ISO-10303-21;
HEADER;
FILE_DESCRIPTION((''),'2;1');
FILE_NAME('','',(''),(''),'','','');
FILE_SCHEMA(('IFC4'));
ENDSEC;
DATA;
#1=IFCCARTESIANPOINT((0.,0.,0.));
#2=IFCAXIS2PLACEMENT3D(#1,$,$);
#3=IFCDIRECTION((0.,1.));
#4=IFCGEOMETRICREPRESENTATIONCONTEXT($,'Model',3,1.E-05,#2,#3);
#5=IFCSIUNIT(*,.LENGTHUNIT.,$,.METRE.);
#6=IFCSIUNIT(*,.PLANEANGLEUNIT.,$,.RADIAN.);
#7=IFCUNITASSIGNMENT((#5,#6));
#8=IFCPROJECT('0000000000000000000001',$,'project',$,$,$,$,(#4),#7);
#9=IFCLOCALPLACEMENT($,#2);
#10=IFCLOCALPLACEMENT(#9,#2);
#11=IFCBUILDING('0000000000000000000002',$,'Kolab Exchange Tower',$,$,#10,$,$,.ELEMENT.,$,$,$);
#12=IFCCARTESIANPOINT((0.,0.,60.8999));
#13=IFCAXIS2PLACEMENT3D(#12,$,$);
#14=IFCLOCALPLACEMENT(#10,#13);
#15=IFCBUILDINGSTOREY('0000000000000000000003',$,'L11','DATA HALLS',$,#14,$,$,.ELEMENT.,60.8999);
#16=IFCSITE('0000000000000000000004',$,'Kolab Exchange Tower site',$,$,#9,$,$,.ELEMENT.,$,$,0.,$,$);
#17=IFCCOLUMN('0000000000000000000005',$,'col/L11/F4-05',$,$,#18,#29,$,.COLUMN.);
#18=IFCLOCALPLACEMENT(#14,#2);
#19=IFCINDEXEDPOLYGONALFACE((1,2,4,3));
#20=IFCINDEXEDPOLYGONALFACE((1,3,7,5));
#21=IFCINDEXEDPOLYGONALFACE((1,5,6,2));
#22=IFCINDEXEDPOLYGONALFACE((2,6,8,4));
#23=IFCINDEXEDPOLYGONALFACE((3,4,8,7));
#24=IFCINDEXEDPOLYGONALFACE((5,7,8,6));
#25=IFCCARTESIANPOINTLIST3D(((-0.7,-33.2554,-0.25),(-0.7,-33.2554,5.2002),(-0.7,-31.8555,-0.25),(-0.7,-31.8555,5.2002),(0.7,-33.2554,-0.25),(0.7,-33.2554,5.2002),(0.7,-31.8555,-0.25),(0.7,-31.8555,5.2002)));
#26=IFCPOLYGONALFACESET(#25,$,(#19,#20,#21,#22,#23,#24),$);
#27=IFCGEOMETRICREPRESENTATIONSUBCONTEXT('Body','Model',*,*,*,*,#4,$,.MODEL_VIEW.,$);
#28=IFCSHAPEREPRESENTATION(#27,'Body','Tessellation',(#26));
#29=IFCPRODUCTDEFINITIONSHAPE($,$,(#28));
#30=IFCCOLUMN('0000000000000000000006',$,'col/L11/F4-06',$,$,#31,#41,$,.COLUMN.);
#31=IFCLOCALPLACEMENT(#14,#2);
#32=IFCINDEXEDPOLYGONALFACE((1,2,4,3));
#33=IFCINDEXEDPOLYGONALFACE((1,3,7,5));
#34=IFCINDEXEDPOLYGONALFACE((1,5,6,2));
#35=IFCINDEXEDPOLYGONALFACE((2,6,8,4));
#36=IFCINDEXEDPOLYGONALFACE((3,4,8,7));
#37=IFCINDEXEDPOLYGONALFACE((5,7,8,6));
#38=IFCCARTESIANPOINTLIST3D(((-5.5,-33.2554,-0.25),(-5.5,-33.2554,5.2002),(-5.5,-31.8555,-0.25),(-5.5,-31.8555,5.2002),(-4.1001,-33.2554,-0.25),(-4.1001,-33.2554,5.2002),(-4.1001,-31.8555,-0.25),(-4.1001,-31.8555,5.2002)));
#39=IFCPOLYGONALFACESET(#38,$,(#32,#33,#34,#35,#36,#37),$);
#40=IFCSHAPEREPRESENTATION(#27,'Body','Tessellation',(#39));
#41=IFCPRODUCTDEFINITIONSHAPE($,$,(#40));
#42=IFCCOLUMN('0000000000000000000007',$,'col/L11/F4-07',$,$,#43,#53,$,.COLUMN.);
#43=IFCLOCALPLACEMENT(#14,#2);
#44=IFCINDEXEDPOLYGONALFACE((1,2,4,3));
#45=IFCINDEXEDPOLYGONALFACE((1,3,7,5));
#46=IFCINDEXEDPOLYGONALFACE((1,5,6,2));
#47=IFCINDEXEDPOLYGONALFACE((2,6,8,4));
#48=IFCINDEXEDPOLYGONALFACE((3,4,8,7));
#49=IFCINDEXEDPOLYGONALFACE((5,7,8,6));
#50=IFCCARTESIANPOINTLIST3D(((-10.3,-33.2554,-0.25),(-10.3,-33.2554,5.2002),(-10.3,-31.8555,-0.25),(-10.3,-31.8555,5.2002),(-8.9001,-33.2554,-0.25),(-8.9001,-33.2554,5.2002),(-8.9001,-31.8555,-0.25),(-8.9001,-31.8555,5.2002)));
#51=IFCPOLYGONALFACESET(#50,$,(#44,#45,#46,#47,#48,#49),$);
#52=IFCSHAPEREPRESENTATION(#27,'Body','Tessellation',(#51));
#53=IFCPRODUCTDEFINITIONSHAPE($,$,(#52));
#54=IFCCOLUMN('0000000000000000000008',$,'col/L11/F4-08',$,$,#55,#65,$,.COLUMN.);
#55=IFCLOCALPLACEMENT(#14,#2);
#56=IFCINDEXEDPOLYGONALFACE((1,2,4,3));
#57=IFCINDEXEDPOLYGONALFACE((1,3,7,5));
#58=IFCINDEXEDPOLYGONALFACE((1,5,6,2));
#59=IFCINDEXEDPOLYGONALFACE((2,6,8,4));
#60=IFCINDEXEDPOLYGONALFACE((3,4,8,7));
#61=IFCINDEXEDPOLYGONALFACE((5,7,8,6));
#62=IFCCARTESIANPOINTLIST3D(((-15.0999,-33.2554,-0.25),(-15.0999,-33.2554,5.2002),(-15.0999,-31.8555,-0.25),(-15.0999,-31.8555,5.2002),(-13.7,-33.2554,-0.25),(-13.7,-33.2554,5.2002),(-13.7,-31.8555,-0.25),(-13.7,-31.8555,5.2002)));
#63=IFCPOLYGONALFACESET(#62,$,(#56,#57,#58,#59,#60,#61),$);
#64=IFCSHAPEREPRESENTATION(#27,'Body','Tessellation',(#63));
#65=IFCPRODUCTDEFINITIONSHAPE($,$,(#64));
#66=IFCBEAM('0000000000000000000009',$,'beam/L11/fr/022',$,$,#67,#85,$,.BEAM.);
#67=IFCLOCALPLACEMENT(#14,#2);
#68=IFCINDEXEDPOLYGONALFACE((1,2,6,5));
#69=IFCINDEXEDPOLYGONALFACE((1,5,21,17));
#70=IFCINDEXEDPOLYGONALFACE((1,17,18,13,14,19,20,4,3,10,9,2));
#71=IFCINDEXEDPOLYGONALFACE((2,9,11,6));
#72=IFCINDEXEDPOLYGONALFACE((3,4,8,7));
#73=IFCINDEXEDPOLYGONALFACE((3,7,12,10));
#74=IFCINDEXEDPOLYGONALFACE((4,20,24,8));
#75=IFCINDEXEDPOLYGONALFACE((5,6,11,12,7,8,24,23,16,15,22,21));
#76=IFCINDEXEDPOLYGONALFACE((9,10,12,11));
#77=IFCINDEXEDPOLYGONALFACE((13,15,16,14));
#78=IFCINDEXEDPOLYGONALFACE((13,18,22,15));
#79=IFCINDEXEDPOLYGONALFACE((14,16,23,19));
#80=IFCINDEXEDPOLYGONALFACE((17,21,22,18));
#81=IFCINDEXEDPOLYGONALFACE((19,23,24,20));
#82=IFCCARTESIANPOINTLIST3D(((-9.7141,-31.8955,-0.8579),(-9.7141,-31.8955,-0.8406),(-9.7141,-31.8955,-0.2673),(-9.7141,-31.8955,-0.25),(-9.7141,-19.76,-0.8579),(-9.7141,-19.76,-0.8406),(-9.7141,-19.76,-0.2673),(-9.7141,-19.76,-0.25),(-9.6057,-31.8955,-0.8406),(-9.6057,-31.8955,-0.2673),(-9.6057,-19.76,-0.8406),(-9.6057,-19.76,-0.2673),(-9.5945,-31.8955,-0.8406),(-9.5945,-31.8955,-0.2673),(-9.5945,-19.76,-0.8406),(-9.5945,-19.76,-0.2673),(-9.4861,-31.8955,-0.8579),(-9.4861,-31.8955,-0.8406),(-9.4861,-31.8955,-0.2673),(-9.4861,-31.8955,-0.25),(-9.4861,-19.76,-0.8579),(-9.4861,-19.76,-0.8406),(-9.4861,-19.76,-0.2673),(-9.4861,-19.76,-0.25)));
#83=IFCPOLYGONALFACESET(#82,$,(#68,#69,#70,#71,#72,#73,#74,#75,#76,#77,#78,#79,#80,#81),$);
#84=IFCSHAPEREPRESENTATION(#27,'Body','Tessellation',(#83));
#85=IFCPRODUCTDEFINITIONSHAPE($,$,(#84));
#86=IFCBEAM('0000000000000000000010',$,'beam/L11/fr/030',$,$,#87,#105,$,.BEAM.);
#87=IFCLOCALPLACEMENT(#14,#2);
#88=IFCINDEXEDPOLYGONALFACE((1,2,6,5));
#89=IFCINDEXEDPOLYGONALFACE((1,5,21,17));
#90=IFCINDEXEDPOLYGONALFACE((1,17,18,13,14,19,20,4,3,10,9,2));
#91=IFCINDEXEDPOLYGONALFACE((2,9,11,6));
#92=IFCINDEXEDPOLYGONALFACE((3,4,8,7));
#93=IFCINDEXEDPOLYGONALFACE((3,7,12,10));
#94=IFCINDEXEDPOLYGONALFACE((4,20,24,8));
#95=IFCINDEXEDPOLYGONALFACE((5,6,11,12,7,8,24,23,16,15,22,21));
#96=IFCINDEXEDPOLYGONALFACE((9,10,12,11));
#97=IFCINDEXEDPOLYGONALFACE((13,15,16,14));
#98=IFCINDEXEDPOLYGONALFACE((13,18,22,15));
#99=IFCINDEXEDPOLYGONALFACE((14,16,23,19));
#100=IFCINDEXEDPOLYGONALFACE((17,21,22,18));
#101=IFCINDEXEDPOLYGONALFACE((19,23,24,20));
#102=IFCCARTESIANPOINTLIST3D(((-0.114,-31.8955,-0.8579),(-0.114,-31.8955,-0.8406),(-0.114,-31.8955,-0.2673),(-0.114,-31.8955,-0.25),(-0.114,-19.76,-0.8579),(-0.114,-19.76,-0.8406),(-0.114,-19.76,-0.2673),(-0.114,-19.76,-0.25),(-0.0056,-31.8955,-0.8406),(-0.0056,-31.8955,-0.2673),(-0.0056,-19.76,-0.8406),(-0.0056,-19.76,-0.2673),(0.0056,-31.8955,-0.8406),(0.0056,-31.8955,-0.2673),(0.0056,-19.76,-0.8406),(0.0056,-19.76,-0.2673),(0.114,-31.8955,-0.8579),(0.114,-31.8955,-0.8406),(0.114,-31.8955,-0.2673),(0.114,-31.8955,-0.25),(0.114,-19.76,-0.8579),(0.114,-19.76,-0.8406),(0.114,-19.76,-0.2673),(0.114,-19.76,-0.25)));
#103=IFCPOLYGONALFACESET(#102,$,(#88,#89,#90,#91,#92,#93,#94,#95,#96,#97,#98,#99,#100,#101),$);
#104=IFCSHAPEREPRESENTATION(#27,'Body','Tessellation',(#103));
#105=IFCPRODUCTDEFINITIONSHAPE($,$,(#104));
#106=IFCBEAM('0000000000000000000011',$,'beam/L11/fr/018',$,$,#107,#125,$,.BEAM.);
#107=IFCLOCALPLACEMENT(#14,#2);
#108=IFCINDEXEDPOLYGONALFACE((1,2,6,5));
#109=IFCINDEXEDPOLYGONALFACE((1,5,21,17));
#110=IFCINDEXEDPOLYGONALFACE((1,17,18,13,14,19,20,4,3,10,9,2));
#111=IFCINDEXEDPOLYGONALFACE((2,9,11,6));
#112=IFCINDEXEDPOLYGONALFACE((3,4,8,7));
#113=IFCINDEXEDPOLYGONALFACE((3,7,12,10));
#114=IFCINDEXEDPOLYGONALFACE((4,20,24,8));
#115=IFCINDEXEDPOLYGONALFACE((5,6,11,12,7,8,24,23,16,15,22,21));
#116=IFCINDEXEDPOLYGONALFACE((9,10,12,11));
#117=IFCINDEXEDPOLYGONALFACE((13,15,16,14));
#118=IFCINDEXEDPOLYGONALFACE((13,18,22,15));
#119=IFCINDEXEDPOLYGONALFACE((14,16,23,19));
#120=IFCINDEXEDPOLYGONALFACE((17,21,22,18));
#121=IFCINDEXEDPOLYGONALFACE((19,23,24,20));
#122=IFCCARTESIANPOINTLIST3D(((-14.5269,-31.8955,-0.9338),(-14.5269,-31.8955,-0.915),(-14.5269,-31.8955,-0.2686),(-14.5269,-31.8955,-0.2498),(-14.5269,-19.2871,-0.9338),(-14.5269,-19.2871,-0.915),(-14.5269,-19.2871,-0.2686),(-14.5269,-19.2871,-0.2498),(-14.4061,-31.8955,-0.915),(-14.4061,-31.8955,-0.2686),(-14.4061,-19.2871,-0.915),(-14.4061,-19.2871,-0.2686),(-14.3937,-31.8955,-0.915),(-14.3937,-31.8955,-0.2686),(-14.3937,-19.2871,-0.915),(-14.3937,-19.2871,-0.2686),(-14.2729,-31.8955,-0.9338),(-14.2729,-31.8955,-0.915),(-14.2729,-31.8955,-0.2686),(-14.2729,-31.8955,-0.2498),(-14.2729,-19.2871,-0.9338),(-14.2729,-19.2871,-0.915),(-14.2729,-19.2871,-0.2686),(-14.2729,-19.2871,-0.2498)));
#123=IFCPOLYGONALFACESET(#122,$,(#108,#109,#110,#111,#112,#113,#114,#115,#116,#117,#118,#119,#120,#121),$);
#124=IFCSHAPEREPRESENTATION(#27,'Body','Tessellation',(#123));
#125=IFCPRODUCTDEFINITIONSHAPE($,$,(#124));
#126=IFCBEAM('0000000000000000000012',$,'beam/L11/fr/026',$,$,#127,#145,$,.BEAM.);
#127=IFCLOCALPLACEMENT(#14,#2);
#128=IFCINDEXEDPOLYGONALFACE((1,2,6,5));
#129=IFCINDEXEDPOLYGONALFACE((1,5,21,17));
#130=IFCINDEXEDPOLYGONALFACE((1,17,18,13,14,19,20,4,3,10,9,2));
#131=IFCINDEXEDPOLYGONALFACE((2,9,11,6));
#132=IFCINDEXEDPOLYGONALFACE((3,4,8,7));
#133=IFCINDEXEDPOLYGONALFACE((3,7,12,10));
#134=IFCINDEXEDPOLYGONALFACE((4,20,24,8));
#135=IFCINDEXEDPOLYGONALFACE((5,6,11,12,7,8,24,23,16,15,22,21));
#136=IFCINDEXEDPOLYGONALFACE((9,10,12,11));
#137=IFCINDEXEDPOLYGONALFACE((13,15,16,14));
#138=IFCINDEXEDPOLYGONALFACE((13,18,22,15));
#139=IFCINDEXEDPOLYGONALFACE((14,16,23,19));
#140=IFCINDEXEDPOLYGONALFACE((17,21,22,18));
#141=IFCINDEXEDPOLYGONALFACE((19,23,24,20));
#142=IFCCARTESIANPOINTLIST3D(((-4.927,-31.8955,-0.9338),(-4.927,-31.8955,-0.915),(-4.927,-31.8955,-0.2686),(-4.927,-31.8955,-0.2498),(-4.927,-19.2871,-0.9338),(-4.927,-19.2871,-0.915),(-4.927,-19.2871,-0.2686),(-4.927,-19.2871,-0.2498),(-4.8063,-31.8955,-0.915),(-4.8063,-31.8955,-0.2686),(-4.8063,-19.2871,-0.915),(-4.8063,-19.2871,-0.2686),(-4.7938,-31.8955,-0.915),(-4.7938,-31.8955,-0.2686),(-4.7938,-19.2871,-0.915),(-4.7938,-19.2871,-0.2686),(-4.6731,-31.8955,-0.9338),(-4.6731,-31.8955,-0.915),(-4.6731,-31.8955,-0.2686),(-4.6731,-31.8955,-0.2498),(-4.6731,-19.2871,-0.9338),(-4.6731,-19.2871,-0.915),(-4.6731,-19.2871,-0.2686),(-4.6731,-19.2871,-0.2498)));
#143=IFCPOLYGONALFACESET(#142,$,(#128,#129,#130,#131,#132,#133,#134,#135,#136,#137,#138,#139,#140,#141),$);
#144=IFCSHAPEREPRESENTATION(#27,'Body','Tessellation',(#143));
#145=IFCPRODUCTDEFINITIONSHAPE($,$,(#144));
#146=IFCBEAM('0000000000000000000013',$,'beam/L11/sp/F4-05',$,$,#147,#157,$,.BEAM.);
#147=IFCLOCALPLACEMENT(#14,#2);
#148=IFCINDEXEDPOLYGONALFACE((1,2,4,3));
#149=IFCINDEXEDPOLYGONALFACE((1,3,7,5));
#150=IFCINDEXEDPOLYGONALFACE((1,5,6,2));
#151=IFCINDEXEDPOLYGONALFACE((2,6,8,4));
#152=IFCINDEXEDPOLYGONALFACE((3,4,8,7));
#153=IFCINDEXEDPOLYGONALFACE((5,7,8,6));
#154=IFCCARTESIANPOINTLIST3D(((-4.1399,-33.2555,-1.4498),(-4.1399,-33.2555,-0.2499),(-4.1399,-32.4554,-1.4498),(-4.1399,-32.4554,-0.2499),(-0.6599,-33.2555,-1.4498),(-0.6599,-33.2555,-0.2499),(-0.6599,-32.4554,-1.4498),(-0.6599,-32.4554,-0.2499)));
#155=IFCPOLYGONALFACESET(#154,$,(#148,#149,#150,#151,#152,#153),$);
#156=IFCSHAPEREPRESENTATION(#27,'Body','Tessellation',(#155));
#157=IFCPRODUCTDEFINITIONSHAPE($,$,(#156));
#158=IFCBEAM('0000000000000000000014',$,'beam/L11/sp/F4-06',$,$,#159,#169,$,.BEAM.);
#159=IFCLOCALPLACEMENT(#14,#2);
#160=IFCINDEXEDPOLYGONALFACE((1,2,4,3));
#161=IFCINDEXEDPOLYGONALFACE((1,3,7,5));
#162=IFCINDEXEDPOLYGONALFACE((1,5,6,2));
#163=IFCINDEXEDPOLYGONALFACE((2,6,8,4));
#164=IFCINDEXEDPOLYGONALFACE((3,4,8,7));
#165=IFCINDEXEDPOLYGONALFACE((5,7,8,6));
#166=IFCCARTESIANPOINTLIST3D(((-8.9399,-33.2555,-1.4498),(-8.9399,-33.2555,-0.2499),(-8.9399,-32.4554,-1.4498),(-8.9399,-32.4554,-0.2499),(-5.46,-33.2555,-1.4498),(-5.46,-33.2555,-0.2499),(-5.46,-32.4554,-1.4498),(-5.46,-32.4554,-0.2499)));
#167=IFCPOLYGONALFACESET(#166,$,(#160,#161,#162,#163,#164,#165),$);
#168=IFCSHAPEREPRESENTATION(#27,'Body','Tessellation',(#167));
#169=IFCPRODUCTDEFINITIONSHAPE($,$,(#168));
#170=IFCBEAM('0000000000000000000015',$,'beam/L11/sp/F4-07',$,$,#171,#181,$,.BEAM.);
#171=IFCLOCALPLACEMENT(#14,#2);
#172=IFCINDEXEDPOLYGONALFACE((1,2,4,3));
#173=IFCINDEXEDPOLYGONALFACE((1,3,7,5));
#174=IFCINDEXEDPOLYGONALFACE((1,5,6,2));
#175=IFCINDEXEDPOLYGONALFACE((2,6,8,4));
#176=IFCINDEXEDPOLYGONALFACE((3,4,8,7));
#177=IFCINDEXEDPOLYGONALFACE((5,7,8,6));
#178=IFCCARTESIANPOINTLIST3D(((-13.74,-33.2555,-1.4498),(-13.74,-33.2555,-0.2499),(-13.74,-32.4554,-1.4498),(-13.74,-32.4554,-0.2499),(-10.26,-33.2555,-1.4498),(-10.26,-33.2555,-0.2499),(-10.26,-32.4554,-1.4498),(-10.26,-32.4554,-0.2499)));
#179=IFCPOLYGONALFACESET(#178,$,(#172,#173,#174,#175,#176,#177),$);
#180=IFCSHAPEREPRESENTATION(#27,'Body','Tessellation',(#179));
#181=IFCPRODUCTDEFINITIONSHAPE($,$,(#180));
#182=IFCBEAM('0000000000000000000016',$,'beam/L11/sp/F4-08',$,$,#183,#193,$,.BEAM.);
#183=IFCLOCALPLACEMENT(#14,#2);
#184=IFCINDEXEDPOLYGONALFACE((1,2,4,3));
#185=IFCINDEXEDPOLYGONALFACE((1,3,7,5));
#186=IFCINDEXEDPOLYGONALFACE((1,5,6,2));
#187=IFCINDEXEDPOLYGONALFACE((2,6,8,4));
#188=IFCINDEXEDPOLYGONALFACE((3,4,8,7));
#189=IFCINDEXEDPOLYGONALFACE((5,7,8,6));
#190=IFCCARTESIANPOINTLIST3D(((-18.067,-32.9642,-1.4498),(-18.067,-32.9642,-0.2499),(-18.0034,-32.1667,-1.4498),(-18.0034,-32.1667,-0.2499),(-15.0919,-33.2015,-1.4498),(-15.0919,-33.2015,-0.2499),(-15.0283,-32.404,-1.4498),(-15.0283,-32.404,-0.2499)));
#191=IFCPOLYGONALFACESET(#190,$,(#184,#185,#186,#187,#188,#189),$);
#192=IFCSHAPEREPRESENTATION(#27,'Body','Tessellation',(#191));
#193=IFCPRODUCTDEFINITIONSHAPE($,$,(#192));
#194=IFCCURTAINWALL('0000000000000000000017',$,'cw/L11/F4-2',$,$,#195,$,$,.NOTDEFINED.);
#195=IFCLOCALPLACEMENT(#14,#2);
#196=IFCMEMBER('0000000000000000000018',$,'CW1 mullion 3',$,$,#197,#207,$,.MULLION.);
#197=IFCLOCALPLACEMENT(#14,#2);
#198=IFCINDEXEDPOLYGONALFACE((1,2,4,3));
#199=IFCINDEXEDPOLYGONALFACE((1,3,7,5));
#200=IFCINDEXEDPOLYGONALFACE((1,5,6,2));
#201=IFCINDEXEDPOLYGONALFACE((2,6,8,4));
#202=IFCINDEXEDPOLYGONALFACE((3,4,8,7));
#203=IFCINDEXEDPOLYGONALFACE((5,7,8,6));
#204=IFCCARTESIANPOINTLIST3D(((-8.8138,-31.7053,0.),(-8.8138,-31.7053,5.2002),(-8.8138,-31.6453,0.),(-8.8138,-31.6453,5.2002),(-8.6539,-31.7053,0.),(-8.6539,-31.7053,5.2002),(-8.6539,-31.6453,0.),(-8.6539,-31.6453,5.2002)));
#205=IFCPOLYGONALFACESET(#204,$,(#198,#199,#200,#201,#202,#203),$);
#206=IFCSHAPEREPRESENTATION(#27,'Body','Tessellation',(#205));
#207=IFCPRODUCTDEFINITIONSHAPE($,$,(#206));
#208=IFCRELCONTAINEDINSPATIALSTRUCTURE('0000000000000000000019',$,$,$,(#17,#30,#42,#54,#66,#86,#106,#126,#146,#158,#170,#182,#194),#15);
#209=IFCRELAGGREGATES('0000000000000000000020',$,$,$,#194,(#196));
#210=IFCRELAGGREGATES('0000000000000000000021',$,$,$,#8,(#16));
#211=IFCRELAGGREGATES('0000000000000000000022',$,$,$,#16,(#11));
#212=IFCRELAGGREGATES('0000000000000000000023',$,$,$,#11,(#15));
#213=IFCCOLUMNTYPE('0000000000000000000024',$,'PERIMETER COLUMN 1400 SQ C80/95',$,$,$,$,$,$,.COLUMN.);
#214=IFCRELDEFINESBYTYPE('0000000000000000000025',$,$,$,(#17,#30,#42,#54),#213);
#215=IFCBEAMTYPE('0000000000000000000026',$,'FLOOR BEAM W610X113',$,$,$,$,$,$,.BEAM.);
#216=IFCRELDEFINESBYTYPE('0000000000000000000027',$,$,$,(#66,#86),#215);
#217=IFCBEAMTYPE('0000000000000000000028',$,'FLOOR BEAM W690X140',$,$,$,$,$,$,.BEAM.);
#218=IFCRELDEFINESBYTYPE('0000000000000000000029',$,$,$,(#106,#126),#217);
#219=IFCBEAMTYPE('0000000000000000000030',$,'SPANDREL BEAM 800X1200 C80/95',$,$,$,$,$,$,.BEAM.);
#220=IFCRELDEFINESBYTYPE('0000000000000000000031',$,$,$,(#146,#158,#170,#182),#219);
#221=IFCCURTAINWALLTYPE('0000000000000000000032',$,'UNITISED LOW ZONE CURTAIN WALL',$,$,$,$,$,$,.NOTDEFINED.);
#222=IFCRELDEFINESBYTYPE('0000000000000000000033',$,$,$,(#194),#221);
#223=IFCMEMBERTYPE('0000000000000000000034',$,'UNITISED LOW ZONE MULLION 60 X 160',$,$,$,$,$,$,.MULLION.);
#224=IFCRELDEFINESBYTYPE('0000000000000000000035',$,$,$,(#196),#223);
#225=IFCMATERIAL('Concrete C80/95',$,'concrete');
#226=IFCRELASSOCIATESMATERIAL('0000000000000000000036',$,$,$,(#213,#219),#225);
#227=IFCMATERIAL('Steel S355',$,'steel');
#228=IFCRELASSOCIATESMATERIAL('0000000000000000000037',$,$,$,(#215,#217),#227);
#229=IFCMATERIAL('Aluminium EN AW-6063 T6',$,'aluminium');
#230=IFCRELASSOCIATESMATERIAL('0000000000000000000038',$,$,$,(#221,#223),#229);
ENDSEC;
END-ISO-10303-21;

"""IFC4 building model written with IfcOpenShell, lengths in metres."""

from ifc_helpers import new_model, si_unit, direction, frame, origin, origin_2d, place, context, subcontext, project, spatial, rectangle, i_section, extrude, material, material_profile, profile_set, type_object, element, aggregate, save


model = new_model("IFC4")

# Units and contexts
model_context = context("Model", 3, precision=1e-05, world=origin(), true_north=direction((0.0, 1.0)))
body_context = subcontext(model_context, "Body", "Model", "MODEL_VIEW")
ifc_project = project(units=[si_unit("LENGTHUNIT", "METRE"), si_unit("PLANEANGLEUNIT", "RADIAN")], contexts=[model_context])

# Site, building, storey
site_placement = place(None, origin())
site = spatial("IfcSite", under=ifc_project, at=site_placement, Name="Kolab Exchange Tower site", CompositionType="ELEMENT", RefElevation=0.0)
building_placement = place(site_placement, origin())
building = spatial("IfcBuilding", under=site, at=building_placement, Name="Kolab Exchange Tower", CompositionType="ELEMENT")
storey_placement = place(building_placement, frame((0.0, 0.0, 60.8999)))
storey = spatial("IfcBuildingStorey", under=building, at=storey_placement, Name="L11", Description="DATA HALLS", CompositionType="ELEMENT", Elevation=60.8999)

# Columns
ifc_material_1 = material(Name="Concrete C80/95", Category="concrete")
ifc_material_profile_1 = material_profile(ifc_material_1, rectangle(XDim=1.3999, YDim=1.3999, at=origin_2d()), Name="RC1400")
ifc_profile_set_1 = profile_set([ifc_material_profile_1], Name="Concrete C80/95")
column_type = type_object("IfcColumnType", Name="PERIMETER COLUMN 1400 SQ C80/95", PredefinedType="COLUMN", material=ifc_profile_set_1)
for number, where, z_axis, x_axis, name in (
    (1, (0.0, -32.5554, -0.25), (0.0, 0.0, 1.0), (1.0, 0.0, 0.0), "col/L11/F4-05"),
    (2, (-4.8, -32.5554, -0.25), (0.0, 0.0, 1.0), (1.0, 0.0, 0.0), "col/L11/F4-06"),
    (3, (-9.6001, -32.5554, -0.25), (0.0, 0.0, 1.0), (1.0, 0.0, 0.0), "col/L11/F4-07"),
    (4, (-14.3999, -32.5554, -0.25), (0.0, 0.0, 1.0), (1.0, 0.0, 0.0), "col/L11/F4-08"),
):
    element("IfcColumn", number, at=place(storey_placement, frame(where, z_axis=z_axis, x_axis=x_axis)), inside=storey, type_object=column_type, Name=name, PredefinedType="COLUMN", context=body_context, shape_type="SweptSolid", body=[
        extrude(rectangle(XDim=1.3999, YDim=1.3999, at=origin_2d()), origin(), (0.0, 0.0, 1.0), 5.4502),
    ])

# Beams
ifc_material_2 = material(Name="Steel S355", Category="steel")
ifc_material_profile_2 = material_profile(ifc_material_2, i_section(OverallWidth=0.228, OverallDepth=0.6079, WebThickness=0.0112, FlangeThickness=0.0173, at=origin_2d()), Name="W610X113")
ifc_profile_set_2 = profile_set([ifc_material_profile_2], Name="Steel S355")
beam_type_1 = type_object("IfcBeamType", Name="FLOOR BEAM W610X113", PredefinedType="BEAM", material=ifc_profile_set_2)
for number, where, z_axis, x_axis, name in (
    (5, (-9.6001, -31.8955, -0.554), (0.0, 1.0, 0.0), (-1.0, 0.0, 0.0), "beam/L11/fr/022"),
    (6, (0.0, -31.8955, -0.554), (0.0, 1.0, 0.0), (-1.0, 0.0, 0.0), "beam/L11/fr/030"),
):
    element("IfcBeam", number, at=place(storey_placement, frame(where, z_axis=z_axis, x_axis=x_axis)), inside=storey, type_object=beam_type_1, Name=name, PredefinedType="BEAM", context=body_context, shape_type="SweptSolid", body=[
        extrude(i_section(OverallWidth=0.228, OverallDepth=0.6079, WebThickness=0.0112, FlangeThickness=0.0173, at=origin_2d()), origin(), (0.0, 0.0, 1.0), 12.1355),
    ])
ifc_material_profile_3 = material_profile(ifc_material_2, i_section(OverallWidth=0.2539, OverallDepth=0.6841, WebThickness=0.0125, FlangeThickness=0.0188, at=origin_2d()), Name="W690X140")
ifc_profile_set_3 = profile_set([ifc_material_profile_3], Name="Steel S355")
beam_type_2 = type_object("IfcBeamType", Name="FLOOR BEAM W690X140", PredefinedType="BEAM", material=ifc_profile_set_3)
for number, where, z_axis, x_axis, name in (
    (7, (-14.3999, -31.8955, -0.5918), (0.0, 1.0, 0.0), (-1.0, 0.0, 0.0), "beam/L11/fr/018"),
    (8, (-4.8, -31.8955, -0.5918), (0.0, 1.0, 0.0), (-1.0, 0.0, 0.0), "beam/L11/fr/026"),
):
    element("IfcBeam", number, at=place(storey_placement, frame(where, z_axis=z_axis, x_axis=x_axis)), inside=storey, type_object=beam_type_2, Name=name, PredefinedType="BEAM", context=body_context, shape_type="SweptSolid", body=[
        extrude(i_section(OverallWidth=0.2539, OverallDepth=0.6841, WebThickness=0.0125, FlangeThickness=0.0188, at=origin_2d()), origin(), (0.0, 0.0, 1.0), 12.6084),
    ])
ifc_material_profile_4 = material_profile(ifc_material_1, rectangle(XDim=0.8, YDim=1.2, at=origin_2d()), Name="RC800X1200")
ifc_profile_set_4 = profile_set([ifc_material_profile_4], Name="Concrete C80/95")
beam_type_3 = type_object("IfcBeamType", Name="SPANDREL BEAM 800X1200 C80/95", PredefinedType="BEAM", material=ifc_profile_set_4)
for number, where, z_axis, x_axis, name in (
    (9, (-0.6599, -32.8555, -0.8499), (-1.0, 0.0, 0.0), (0.0, -1.0, 0.0), "beam/L11/sp/F4-05"),
    (10, (-5.46, -32.8555, -0.8499), (-1.0, 0.0, 0.0), (0.0, -1.0, 0.0), "beam/L11/sp/F4-06"),
    (11, (-10.26, -32.8555, -0.8499), (-1.0, 0.0, 0.0), (0.0, -1.0, 0.0), "beam/L11/sp/F4-07"),
):
    element("IfcBeam", number, at=place(storey_placement, frame(where, z_axis=z_axis, x_axis=x_axis)), inside=storey, type_object=beam_type_3, Name=name, PredefinedType="BEAM", context=body_context, shape_type="SweptSolid", body=[
        extrude(rectangle(XDim=0.8, YDim=1.2, at=origin_2d()), origin(), (0.0, 0.0, 1.0), 3.48),
    ])
beam_placement = place(storey_placement, frame((-15.0601, -32.8027, -0.8499), z_axis=(-0.996834, 0.079511, 0.0), x_axis=(-0.079511, -0.996834, 0.0)))
element("IfcBeam", 12, at=beam_placement, inside=storey, type_object=beam_type_3, Name="beam/L11/sp/F4-08", PredefinedType="BEAM", context=body_context, shape_type="SweptSolid", body=[
    extrude(rectangle(XDim=0.8, YDim=1.2, at=origin_2d()), origin(), (0.0, 0.0, 1.0), 2.9846),
])

# Curtain wall, member
ifc_material_3 = material(Name="Aluminium EN AW-6063 T6", Category="aluminium")
curtain_wall_type = type_object("IfcCurtainWallType", Name="UNITISED LOW ZONE CURTAIN WALL", PredefinedType="NOTDEFINED", material=ifc_material_3)
curtain_wall_placement = place(storey_placement, origin())
curtain_wall = element("IfcCurtainWall", 13, at=curtain_wall_placement, inside=storey, type_object=curtain_wall_type, Name="cw/L11/F4-2", PredefinedType="NOTDEFINED")
ifc_material_profile_5 = material_profile(ifc_material_3, rectangle(XDim=0.0601, YDim=0.1599, at=origin_2d()), Name="RECT 60X160")
ifc_profile_set_5 = profile_set([ifc_material_profile_5], Name="Aluminium EN AW-6063 T6")
member_type_1 = type_object("IfcMemberType", Name="UNITISED LOW ZONE MULLION 60 X 160", PredefinedType="MULLION", material=ifc_profile_set_5)
member_1_placement = place(storey_placement, frame((-8.7339, -31.6753, 0.0), z_axis=(0.0, 0.0, 1.0), x_axis=(0.0, -1.0, 0.0)))
member_1 = element("IfcMember", 14, at=member_1_placement, type_object=member_type_1, Name="CW1 mullion 3", PredefinedType="MULLION", context=body_context, shape_type="SweptSolid", body=[
    extrude(rectangle(XDim=0.0601, YDim=0.1599, at=origin_2d()), origin(), (0.0, 0.0, 1.0), 5.2002),
])
aggregate(curtain_wall, [member_1])

save(model, "model.ifc")
